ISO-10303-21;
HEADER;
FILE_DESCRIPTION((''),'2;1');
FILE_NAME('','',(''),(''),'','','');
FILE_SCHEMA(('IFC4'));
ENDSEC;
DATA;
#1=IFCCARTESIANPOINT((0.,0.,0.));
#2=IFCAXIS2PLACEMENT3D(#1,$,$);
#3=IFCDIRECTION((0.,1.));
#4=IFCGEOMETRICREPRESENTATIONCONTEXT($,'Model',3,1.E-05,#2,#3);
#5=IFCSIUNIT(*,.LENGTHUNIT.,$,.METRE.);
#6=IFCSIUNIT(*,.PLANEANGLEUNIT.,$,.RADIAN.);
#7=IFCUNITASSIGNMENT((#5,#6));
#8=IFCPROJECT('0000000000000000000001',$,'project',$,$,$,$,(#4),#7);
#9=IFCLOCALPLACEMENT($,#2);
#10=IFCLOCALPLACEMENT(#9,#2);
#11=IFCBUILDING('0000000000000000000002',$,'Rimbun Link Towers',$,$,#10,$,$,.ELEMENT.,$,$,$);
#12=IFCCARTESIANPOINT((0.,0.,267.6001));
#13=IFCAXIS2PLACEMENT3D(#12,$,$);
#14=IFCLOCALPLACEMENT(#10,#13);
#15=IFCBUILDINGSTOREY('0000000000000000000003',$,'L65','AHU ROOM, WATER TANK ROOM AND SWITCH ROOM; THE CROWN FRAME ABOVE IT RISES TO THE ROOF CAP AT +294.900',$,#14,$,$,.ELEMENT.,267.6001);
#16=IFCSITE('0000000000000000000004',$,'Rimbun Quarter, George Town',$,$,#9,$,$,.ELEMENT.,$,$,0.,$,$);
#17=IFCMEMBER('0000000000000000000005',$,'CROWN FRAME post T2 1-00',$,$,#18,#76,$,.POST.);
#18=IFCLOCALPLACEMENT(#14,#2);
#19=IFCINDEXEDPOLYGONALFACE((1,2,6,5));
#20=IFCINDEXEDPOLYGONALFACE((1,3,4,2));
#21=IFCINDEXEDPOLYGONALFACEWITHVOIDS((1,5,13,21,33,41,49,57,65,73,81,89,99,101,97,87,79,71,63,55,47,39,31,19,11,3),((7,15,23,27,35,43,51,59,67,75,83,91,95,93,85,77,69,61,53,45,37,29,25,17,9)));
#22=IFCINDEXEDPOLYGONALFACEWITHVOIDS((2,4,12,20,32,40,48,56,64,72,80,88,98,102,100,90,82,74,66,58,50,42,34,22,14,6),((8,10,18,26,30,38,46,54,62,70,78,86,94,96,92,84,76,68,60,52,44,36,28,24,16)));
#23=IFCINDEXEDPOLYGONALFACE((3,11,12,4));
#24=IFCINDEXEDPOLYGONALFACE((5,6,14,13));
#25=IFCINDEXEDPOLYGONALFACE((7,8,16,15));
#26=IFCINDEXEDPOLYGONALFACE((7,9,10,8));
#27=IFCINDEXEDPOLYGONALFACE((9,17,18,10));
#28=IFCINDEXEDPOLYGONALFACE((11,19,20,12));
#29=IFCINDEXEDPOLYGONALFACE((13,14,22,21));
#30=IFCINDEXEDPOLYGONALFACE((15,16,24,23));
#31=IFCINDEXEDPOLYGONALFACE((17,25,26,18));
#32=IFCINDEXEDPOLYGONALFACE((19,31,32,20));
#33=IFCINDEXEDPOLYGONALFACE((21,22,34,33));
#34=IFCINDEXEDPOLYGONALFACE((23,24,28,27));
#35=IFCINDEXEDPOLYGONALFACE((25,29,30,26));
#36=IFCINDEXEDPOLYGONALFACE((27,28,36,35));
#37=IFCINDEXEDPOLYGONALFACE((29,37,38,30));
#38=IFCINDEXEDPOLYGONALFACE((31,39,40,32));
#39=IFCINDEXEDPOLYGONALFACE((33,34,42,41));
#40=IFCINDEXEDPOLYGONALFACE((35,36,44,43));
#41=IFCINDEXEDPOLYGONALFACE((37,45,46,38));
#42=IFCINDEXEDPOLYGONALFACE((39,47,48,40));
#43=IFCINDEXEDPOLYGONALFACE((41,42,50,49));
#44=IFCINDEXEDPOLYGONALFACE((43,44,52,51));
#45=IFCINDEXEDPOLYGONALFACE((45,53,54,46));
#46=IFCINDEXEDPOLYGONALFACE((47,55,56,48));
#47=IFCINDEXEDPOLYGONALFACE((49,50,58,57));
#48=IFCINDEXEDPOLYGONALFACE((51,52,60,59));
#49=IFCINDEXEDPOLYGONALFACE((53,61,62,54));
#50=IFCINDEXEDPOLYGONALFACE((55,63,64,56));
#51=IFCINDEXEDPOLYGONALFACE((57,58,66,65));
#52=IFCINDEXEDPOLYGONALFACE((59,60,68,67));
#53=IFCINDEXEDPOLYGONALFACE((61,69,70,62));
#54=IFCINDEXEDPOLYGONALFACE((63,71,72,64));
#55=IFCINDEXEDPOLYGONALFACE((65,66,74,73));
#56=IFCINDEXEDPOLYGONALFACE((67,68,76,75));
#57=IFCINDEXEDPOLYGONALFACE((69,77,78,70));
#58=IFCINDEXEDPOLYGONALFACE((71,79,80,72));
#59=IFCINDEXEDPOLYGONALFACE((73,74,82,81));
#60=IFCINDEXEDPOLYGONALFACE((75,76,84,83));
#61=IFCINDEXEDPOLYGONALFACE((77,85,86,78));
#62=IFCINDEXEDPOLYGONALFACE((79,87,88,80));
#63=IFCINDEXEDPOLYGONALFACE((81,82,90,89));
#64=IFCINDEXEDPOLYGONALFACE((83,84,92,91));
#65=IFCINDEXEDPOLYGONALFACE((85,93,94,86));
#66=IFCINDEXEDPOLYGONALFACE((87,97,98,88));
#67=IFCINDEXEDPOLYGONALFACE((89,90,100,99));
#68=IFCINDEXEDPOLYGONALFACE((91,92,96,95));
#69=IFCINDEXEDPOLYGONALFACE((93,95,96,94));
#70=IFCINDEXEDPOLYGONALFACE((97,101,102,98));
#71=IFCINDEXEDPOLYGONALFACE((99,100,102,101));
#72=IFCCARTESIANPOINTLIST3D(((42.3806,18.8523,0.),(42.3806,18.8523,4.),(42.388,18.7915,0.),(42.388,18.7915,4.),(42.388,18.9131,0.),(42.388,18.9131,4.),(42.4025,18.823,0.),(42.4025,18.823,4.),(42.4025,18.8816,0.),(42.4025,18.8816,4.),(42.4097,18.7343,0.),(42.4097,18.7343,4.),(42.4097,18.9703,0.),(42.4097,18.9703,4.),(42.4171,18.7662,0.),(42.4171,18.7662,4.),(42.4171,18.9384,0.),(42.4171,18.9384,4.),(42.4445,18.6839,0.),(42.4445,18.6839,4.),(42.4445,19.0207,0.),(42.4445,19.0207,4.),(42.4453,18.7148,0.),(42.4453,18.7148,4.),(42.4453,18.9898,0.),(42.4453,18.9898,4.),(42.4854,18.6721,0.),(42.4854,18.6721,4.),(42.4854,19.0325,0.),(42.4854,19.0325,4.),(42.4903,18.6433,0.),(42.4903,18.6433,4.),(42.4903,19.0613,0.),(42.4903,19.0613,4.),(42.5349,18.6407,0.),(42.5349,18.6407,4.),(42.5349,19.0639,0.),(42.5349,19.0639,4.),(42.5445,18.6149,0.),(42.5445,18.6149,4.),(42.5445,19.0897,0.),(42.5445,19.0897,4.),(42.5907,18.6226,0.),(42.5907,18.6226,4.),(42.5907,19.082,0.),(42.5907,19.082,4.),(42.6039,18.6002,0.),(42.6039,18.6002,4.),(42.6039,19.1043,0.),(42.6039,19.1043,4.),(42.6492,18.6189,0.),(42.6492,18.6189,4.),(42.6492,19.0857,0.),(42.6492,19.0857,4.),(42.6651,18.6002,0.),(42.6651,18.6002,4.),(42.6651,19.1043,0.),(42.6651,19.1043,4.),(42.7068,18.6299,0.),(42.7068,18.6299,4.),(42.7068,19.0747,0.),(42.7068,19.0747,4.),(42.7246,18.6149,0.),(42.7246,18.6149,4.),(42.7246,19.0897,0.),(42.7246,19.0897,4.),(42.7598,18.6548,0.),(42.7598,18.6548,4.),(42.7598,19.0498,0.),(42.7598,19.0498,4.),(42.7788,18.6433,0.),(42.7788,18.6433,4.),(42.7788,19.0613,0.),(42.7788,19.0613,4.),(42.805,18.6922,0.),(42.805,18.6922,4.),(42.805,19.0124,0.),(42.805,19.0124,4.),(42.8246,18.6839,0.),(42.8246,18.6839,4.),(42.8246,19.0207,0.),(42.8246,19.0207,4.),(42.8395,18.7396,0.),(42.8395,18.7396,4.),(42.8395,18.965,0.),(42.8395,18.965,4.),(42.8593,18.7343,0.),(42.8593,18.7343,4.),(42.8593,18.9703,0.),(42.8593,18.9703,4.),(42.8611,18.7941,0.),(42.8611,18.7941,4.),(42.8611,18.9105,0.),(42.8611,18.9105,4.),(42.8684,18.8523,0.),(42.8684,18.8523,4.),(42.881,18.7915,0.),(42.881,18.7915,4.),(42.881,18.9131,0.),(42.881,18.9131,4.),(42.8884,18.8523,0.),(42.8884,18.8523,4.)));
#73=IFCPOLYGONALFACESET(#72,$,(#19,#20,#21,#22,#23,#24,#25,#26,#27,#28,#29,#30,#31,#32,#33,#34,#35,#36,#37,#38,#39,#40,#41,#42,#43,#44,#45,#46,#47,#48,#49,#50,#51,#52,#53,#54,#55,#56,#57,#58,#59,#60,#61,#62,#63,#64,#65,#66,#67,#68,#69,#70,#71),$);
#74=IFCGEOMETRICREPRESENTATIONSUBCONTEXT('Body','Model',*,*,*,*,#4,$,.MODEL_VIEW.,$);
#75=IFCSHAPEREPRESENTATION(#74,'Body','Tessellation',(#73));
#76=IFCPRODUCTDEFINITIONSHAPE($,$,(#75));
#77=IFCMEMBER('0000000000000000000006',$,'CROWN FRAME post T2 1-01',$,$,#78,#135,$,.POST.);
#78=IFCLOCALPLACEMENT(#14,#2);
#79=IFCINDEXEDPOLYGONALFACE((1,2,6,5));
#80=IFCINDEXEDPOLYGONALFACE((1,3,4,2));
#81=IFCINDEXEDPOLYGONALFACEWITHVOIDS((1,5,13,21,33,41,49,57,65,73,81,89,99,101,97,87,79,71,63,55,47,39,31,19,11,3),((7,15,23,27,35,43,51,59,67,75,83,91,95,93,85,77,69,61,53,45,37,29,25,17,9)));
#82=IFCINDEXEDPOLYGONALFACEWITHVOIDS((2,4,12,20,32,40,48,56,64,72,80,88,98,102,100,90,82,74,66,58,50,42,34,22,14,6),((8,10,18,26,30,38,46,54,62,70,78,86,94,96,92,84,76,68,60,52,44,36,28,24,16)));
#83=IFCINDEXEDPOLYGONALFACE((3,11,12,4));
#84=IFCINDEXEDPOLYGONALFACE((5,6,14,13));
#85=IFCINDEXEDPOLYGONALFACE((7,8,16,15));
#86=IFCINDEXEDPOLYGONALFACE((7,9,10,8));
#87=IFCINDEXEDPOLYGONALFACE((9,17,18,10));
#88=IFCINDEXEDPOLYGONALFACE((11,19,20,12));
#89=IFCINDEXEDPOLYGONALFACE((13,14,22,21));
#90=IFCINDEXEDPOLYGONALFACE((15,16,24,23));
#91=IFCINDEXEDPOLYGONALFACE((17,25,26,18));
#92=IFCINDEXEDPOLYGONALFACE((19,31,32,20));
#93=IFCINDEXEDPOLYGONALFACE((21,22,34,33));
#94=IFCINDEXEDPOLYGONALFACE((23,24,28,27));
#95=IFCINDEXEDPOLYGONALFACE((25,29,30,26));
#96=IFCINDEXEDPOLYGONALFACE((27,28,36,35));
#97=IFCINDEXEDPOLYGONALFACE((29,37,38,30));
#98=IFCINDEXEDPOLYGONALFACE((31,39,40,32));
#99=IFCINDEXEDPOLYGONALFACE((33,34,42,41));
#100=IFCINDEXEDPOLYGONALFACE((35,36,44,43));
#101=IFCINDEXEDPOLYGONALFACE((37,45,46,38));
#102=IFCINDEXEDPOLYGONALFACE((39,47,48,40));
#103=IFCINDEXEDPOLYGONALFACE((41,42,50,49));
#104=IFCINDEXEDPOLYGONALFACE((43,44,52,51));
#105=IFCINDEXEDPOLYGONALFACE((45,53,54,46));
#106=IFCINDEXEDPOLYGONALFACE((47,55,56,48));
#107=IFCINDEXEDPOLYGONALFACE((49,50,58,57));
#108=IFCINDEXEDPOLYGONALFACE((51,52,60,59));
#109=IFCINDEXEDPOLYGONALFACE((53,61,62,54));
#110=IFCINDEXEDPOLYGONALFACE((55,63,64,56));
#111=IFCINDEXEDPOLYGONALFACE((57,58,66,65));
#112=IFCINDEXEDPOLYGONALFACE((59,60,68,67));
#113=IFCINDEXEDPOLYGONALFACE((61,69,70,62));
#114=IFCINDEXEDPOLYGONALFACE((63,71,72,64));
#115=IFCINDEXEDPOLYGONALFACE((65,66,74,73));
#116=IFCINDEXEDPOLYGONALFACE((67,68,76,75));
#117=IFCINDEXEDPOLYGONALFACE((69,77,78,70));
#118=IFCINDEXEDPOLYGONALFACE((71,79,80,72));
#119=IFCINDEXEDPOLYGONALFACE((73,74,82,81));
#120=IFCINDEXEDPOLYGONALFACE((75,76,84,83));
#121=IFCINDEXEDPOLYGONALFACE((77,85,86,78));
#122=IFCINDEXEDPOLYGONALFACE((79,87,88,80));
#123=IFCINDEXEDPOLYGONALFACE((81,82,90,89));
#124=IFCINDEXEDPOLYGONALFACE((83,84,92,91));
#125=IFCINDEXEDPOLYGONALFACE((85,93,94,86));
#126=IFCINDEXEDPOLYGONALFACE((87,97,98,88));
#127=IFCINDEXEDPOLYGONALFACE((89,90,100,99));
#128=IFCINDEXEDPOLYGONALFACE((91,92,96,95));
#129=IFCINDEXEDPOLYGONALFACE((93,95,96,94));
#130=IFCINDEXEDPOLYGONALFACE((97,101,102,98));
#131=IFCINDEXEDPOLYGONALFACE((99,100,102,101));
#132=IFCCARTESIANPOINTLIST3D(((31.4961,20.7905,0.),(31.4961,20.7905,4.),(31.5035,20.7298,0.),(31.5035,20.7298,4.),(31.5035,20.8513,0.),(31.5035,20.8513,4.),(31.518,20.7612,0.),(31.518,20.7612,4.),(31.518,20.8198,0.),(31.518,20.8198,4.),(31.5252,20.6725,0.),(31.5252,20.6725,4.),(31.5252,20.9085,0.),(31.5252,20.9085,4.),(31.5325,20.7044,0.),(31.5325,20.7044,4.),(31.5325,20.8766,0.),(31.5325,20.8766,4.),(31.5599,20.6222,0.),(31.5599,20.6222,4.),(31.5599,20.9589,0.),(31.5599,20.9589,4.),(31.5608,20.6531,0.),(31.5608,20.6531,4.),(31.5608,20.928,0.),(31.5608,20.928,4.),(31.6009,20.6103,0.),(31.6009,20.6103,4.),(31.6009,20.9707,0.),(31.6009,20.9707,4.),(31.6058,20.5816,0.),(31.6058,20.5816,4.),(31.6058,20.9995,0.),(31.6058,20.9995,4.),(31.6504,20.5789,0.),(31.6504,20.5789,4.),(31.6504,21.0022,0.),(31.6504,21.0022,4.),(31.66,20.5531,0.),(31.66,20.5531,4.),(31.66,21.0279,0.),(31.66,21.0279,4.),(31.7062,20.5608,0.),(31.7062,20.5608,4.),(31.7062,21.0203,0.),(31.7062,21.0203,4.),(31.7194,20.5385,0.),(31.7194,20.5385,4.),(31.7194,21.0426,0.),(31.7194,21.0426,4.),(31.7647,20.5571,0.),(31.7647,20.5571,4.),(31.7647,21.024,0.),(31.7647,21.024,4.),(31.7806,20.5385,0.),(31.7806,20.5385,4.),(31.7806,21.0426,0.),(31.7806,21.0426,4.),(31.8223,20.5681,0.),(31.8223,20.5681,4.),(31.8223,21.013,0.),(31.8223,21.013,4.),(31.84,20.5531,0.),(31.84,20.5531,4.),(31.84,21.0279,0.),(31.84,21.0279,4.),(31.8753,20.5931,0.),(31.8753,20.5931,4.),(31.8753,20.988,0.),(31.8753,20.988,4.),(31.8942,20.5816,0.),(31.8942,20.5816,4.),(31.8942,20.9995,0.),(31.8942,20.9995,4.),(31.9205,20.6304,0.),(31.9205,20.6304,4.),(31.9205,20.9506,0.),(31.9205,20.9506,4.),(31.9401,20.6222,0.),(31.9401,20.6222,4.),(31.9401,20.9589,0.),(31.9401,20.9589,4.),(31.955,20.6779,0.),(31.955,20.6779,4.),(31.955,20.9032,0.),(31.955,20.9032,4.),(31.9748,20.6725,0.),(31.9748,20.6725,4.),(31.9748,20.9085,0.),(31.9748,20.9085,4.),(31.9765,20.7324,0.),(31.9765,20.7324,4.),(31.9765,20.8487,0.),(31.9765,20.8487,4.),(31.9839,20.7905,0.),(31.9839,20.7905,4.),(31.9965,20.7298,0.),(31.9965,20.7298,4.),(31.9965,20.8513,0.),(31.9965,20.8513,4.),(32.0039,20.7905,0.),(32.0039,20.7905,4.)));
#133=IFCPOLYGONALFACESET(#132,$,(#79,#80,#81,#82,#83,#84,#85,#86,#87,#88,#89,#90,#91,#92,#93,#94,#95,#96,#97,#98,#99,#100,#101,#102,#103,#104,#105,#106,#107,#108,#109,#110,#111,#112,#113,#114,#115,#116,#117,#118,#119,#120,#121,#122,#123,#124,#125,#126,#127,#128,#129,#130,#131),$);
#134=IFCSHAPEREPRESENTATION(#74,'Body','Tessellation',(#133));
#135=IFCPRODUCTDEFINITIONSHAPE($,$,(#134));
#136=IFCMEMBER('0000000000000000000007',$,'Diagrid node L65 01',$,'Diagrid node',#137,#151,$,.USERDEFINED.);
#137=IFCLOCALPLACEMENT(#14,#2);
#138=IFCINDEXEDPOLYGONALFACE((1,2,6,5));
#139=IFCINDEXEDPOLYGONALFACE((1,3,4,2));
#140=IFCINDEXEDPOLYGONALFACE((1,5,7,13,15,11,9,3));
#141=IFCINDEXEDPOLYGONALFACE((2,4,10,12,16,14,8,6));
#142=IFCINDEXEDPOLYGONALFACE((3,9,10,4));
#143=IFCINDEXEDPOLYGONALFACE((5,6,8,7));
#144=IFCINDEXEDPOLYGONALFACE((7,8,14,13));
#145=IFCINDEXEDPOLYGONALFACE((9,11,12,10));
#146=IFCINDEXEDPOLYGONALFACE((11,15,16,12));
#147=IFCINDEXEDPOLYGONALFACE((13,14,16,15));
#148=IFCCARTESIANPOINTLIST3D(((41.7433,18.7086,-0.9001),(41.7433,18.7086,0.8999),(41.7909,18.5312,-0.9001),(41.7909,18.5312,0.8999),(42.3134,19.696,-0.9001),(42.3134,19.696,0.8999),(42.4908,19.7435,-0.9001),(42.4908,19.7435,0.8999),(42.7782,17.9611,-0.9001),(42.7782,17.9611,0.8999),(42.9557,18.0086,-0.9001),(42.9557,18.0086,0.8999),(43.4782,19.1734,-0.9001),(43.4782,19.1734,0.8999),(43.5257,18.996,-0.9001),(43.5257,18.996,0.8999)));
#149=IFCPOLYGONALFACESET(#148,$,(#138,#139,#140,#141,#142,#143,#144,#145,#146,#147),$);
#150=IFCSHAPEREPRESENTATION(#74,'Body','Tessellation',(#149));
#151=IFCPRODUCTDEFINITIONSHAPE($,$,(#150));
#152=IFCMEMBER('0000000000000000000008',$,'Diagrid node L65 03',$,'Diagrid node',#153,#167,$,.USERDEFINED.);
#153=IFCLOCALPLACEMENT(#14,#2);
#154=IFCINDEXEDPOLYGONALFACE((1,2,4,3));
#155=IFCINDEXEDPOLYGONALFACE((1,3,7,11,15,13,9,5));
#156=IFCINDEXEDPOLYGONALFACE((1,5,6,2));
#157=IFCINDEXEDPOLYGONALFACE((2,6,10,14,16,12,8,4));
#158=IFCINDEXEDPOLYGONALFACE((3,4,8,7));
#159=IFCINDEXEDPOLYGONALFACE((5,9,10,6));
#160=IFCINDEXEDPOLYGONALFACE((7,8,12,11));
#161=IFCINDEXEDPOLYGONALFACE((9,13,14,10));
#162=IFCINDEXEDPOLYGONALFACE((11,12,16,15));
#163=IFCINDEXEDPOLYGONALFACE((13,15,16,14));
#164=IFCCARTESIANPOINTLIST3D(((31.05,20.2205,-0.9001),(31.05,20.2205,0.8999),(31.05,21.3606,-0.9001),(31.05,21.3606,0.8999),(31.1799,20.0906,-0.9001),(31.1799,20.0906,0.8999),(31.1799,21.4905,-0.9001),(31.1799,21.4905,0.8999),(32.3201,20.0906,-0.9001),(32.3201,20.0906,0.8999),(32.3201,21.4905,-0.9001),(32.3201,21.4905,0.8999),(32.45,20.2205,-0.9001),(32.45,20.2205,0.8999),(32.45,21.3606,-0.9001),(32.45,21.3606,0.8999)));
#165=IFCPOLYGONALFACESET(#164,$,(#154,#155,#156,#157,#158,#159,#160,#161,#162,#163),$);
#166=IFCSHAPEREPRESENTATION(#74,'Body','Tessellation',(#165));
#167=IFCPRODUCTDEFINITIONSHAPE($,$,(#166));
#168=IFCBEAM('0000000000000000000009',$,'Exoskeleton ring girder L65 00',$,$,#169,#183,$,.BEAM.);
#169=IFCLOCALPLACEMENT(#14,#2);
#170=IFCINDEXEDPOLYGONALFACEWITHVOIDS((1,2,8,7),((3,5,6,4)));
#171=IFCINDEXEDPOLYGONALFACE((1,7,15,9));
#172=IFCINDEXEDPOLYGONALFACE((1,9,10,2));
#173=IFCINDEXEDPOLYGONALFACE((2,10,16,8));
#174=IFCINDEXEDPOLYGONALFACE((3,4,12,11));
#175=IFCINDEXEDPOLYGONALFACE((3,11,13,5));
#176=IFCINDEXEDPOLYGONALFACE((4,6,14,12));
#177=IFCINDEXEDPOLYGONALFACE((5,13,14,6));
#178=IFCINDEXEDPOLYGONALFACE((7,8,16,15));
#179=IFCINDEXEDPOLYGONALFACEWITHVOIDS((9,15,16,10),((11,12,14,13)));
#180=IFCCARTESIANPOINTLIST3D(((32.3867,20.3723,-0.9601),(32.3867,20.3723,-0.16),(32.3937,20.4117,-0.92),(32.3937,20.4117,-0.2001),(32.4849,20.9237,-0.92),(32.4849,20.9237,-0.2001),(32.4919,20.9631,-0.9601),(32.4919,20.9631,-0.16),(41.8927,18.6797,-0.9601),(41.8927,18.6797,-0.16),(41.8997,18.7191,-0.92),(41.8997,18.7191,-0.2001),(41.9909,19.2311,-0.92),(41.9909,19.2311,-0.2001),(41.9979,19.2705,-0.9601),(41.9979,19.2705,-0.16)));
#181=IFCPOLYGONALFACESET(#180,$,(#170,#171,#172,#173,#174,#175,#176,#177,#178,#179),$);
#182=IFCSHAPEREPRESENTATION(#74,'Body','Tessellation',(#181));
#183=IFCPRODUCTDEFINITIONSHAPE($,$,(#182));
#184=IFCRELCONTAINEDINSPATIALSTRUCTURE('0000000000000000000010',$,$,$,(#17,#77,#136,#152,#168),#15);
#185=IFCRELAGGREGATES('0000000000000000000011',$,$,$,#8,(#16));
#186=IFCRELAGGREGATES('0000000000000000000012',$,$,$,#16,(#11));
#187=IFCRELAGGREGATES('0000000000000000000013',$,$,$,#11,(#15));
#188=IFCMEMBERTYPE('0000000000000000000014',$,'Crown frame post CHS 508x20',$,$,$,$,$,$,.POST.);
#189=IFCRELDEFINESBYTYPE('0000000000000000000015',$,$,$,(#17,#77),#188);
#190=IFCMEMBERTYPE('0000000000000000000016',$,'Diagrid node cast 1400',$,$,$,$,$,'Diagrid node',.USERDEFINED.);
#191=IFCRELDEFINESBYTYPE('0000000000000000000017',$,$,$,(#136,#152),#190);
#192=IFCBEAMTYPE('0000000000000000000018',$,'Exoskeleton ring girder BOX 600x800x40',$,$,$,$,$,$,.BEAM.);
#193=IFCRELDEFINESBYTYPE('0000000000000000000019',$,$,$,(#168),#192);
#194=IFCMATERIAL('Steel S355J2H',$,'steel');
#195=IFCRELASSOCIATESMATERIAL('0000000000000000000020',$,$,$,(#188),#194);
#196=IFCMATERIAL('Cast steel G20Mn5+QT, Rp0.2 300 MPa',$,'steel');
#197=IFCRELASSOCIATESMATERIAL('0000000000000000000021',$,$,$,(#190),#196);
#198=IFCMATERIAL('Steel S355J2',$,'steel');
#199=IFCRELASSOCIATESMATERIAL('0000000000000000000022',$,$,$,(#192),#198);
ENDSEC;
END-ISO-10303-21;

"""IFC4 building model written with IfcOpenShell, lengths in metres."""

from ifc_helpers import new_model, si_unit, direction, frame, origin, origin_2d, place, context, subcontext, project, spatial, polyline, hollow_rectangle, hollow_circle, outline, extrude, material, material_profile, profile_set, type_object, element, save


model = new_model("IFC4")

# Units and contexts
model_context = context("Model", 3, precision=1e-05, world=origin(), true_north=direction((0.0, 1.0)))
body_context = subcontext(model_context, "Body", "Model", "MODEL_VIEW")
ifc_project = project(units=[si_unit("LENGTHUNIT", "METRE"), si_unit("PLANEANGLEUNIT", "RADIAN")], contexts=[model_context])

# Site, building, storey
site_placement = place(None, origin())
site = spatial("IfcSite", under=ifc_project, at=site_placement, Name="Rimbun Quarter, George Town", CompositionType="ELEMENT", RefElevation=0.0)
building_placement = place(site_placement, origin())
building = spatial("IfcBuilding", under=site, at=building_placement, Name="Rimbun Link Towers", CompositionType="ELEMENT")
storey_placement = place(building_placement, frame((0.0, 0.0, 267.6001)))
storey = spatial("IfcBuildingStorey", under=building, at=storey_placement, Name="L65", Description="AHU ROOM, WATER TANK ROOM AND SWITCH ROOM; THE CROWN FRAME ABOVE IT RISES TO THE ROOF CAP AT +294.900", CompositionType="ELEMENT", Elevation=267.6001)

# Members
ifc_material_1 = material(Name="Steel S355J2H", Category="steel")
ifc_material_profile_1 = material_profile(ifc_material_1, hollow_circle(Radius=0.2539, WallThickness=0.02, at=origin_2d()), Name="Crown frame post CHS 508x20")
ifc_profile_set_1 = profile_set([ifc_material_profile_1], Name="Steel S355J2H")
member_type_1 = type_object("IfcMemberType", Name="Crown frame post CHS 508x20", PredefinedType="POST", material=ifc_profile_set_1)
for number, where, z_axis, x_axis, name in (
    (1, (42.6345, 18.8523, 0.0), (0.0, 0.0, 1.0), (1.0, 0.0, 0.0), "CROWN FRAME post T2 1-00"),
    (2, (31.75, 20.7905, 0.0), (0.0, 0.0, 1.0), (1.0, 0.0, 0.0), "CROWN FRAME post T2 1-01"),
):
    element("IfcMember", number, at=place(storey_placement, frame(where, z_axis=z_axis, x_axis=x_axis)), inside=storey, type_object=member_type_1, Name=name, PredefinedType="POST", context=body_context, shape_type="SweptSolid", body=[
        extrude(hollow_circle(Radius=0.2539, WallThickness=0.02, at=origin_2d()), origin(), (0.0, 0.0, 1.0), 4.0),
    ])
ifc_material_2 = material(Name="Cast steel G20Mn5+QT, Rp0.2 300 MPa", Category="steel")
ifc_material_profile_2 = material_profile(ifc_material_2, outline(polyline([(0.7, -0.5701), (0.7, 0.5701), (0.5701, 0.7), (-0.5701, 0.7), (-0.7, 0.5701), (-0.7, -0.5701), (-0.5701, -0.7), (0.5701, -0.7), (0.7, -0.5701)])), Name="NODE 1400x1400")
ifc_profile_set_2 = profile_set([ifc_material_profile_2], Name="Cast steel G20Mn5+QT, Rp0.2 300 MPa")
member_type_2 = type_object("IfcMemberType", Name="Diagrid node cast 1400", ElementType="Diagrid node", PredefinedType="USERDEFINED", material=ifc_profile_set_2)
for number, where, z_axis, x_axis, name in (
    (3, (42.6345, 18.8523, -0.9001), (0.0, 0.0, 1.0), (0.5, 0.866025, 0.0), "Diagrid node L65 01"),
    (4, (31.75, 20.7905, -0.9001), (0.0, 0.0, 1.0), (0.0, 1.0, 0.0), "Diagrid node L65 03"),
):
    element("IfcMember", number, at=place(storey_placement, frame(where, z_axis=z_axis, x_axis=x_axis)), inside=storey, type_object=member_type_2, Name=name, ObjectType="Diagrid node", PredefinedType="USERDEFINED", context=body_context, shape_type="SweptSolid", body=[
        extrude(outline(polyline([(0.7, -0.5701), (0.7, 0.5701), (0.5701, 0.7), (-0.5701, 0.7), (-0.7, 0.5701), (-0.7, -0.5701), (-0.5701, -0.7), (0.5701, -0.7), (0.7, -0.5701)])), origin(), (0.0, 0.0, 1.0), 1.8),
    ])

# Beam
ifc_material_3 = material(Name="Steel S355J2", Category="steel")
ifc_material_profile_3 = material_profile(ifc_material_3, hollow_rectangle(XDim=0.6001, YDim=0.8, WallThickness=0.04, at=origin_2d()), Name="Exoskeleton ring girder BOX 600x800x40")
ifc_profile_set_3 = profile_set([ifc_material_profile_3], Name="Steel S355J2")
beam_type_1 = type_object("IfcBeamType", Name="Exoskeleton ring girder BOX 600x800x40", PredefinedType="BEAM", material=ifc_profile_set_3)
beam_1_placement = place(storey_placement, frame((41.9453, 18.9751, -0.5601), z_axis=(-0.984515, 0.1753, 0.0), x_axis=(-0.1753, -0.984515, 0.0)))
element("IfcBeam", 5, at=beam_1_placement, inside=storey, type_object=beam_type_1, Name="Exoskeleton ring girder L65 00", PredefinedType="BEAM", context=body_context, shape_type="SweptSolid", body=[
    extrude(hollow_rectangle(XDim=0.6001, YDim=0.8, WallThickness=0.04, at=origin_2d()), origin(), (0.0, 0.0, 1.0), 9.6555),
])

save(model, "model.ifc")
